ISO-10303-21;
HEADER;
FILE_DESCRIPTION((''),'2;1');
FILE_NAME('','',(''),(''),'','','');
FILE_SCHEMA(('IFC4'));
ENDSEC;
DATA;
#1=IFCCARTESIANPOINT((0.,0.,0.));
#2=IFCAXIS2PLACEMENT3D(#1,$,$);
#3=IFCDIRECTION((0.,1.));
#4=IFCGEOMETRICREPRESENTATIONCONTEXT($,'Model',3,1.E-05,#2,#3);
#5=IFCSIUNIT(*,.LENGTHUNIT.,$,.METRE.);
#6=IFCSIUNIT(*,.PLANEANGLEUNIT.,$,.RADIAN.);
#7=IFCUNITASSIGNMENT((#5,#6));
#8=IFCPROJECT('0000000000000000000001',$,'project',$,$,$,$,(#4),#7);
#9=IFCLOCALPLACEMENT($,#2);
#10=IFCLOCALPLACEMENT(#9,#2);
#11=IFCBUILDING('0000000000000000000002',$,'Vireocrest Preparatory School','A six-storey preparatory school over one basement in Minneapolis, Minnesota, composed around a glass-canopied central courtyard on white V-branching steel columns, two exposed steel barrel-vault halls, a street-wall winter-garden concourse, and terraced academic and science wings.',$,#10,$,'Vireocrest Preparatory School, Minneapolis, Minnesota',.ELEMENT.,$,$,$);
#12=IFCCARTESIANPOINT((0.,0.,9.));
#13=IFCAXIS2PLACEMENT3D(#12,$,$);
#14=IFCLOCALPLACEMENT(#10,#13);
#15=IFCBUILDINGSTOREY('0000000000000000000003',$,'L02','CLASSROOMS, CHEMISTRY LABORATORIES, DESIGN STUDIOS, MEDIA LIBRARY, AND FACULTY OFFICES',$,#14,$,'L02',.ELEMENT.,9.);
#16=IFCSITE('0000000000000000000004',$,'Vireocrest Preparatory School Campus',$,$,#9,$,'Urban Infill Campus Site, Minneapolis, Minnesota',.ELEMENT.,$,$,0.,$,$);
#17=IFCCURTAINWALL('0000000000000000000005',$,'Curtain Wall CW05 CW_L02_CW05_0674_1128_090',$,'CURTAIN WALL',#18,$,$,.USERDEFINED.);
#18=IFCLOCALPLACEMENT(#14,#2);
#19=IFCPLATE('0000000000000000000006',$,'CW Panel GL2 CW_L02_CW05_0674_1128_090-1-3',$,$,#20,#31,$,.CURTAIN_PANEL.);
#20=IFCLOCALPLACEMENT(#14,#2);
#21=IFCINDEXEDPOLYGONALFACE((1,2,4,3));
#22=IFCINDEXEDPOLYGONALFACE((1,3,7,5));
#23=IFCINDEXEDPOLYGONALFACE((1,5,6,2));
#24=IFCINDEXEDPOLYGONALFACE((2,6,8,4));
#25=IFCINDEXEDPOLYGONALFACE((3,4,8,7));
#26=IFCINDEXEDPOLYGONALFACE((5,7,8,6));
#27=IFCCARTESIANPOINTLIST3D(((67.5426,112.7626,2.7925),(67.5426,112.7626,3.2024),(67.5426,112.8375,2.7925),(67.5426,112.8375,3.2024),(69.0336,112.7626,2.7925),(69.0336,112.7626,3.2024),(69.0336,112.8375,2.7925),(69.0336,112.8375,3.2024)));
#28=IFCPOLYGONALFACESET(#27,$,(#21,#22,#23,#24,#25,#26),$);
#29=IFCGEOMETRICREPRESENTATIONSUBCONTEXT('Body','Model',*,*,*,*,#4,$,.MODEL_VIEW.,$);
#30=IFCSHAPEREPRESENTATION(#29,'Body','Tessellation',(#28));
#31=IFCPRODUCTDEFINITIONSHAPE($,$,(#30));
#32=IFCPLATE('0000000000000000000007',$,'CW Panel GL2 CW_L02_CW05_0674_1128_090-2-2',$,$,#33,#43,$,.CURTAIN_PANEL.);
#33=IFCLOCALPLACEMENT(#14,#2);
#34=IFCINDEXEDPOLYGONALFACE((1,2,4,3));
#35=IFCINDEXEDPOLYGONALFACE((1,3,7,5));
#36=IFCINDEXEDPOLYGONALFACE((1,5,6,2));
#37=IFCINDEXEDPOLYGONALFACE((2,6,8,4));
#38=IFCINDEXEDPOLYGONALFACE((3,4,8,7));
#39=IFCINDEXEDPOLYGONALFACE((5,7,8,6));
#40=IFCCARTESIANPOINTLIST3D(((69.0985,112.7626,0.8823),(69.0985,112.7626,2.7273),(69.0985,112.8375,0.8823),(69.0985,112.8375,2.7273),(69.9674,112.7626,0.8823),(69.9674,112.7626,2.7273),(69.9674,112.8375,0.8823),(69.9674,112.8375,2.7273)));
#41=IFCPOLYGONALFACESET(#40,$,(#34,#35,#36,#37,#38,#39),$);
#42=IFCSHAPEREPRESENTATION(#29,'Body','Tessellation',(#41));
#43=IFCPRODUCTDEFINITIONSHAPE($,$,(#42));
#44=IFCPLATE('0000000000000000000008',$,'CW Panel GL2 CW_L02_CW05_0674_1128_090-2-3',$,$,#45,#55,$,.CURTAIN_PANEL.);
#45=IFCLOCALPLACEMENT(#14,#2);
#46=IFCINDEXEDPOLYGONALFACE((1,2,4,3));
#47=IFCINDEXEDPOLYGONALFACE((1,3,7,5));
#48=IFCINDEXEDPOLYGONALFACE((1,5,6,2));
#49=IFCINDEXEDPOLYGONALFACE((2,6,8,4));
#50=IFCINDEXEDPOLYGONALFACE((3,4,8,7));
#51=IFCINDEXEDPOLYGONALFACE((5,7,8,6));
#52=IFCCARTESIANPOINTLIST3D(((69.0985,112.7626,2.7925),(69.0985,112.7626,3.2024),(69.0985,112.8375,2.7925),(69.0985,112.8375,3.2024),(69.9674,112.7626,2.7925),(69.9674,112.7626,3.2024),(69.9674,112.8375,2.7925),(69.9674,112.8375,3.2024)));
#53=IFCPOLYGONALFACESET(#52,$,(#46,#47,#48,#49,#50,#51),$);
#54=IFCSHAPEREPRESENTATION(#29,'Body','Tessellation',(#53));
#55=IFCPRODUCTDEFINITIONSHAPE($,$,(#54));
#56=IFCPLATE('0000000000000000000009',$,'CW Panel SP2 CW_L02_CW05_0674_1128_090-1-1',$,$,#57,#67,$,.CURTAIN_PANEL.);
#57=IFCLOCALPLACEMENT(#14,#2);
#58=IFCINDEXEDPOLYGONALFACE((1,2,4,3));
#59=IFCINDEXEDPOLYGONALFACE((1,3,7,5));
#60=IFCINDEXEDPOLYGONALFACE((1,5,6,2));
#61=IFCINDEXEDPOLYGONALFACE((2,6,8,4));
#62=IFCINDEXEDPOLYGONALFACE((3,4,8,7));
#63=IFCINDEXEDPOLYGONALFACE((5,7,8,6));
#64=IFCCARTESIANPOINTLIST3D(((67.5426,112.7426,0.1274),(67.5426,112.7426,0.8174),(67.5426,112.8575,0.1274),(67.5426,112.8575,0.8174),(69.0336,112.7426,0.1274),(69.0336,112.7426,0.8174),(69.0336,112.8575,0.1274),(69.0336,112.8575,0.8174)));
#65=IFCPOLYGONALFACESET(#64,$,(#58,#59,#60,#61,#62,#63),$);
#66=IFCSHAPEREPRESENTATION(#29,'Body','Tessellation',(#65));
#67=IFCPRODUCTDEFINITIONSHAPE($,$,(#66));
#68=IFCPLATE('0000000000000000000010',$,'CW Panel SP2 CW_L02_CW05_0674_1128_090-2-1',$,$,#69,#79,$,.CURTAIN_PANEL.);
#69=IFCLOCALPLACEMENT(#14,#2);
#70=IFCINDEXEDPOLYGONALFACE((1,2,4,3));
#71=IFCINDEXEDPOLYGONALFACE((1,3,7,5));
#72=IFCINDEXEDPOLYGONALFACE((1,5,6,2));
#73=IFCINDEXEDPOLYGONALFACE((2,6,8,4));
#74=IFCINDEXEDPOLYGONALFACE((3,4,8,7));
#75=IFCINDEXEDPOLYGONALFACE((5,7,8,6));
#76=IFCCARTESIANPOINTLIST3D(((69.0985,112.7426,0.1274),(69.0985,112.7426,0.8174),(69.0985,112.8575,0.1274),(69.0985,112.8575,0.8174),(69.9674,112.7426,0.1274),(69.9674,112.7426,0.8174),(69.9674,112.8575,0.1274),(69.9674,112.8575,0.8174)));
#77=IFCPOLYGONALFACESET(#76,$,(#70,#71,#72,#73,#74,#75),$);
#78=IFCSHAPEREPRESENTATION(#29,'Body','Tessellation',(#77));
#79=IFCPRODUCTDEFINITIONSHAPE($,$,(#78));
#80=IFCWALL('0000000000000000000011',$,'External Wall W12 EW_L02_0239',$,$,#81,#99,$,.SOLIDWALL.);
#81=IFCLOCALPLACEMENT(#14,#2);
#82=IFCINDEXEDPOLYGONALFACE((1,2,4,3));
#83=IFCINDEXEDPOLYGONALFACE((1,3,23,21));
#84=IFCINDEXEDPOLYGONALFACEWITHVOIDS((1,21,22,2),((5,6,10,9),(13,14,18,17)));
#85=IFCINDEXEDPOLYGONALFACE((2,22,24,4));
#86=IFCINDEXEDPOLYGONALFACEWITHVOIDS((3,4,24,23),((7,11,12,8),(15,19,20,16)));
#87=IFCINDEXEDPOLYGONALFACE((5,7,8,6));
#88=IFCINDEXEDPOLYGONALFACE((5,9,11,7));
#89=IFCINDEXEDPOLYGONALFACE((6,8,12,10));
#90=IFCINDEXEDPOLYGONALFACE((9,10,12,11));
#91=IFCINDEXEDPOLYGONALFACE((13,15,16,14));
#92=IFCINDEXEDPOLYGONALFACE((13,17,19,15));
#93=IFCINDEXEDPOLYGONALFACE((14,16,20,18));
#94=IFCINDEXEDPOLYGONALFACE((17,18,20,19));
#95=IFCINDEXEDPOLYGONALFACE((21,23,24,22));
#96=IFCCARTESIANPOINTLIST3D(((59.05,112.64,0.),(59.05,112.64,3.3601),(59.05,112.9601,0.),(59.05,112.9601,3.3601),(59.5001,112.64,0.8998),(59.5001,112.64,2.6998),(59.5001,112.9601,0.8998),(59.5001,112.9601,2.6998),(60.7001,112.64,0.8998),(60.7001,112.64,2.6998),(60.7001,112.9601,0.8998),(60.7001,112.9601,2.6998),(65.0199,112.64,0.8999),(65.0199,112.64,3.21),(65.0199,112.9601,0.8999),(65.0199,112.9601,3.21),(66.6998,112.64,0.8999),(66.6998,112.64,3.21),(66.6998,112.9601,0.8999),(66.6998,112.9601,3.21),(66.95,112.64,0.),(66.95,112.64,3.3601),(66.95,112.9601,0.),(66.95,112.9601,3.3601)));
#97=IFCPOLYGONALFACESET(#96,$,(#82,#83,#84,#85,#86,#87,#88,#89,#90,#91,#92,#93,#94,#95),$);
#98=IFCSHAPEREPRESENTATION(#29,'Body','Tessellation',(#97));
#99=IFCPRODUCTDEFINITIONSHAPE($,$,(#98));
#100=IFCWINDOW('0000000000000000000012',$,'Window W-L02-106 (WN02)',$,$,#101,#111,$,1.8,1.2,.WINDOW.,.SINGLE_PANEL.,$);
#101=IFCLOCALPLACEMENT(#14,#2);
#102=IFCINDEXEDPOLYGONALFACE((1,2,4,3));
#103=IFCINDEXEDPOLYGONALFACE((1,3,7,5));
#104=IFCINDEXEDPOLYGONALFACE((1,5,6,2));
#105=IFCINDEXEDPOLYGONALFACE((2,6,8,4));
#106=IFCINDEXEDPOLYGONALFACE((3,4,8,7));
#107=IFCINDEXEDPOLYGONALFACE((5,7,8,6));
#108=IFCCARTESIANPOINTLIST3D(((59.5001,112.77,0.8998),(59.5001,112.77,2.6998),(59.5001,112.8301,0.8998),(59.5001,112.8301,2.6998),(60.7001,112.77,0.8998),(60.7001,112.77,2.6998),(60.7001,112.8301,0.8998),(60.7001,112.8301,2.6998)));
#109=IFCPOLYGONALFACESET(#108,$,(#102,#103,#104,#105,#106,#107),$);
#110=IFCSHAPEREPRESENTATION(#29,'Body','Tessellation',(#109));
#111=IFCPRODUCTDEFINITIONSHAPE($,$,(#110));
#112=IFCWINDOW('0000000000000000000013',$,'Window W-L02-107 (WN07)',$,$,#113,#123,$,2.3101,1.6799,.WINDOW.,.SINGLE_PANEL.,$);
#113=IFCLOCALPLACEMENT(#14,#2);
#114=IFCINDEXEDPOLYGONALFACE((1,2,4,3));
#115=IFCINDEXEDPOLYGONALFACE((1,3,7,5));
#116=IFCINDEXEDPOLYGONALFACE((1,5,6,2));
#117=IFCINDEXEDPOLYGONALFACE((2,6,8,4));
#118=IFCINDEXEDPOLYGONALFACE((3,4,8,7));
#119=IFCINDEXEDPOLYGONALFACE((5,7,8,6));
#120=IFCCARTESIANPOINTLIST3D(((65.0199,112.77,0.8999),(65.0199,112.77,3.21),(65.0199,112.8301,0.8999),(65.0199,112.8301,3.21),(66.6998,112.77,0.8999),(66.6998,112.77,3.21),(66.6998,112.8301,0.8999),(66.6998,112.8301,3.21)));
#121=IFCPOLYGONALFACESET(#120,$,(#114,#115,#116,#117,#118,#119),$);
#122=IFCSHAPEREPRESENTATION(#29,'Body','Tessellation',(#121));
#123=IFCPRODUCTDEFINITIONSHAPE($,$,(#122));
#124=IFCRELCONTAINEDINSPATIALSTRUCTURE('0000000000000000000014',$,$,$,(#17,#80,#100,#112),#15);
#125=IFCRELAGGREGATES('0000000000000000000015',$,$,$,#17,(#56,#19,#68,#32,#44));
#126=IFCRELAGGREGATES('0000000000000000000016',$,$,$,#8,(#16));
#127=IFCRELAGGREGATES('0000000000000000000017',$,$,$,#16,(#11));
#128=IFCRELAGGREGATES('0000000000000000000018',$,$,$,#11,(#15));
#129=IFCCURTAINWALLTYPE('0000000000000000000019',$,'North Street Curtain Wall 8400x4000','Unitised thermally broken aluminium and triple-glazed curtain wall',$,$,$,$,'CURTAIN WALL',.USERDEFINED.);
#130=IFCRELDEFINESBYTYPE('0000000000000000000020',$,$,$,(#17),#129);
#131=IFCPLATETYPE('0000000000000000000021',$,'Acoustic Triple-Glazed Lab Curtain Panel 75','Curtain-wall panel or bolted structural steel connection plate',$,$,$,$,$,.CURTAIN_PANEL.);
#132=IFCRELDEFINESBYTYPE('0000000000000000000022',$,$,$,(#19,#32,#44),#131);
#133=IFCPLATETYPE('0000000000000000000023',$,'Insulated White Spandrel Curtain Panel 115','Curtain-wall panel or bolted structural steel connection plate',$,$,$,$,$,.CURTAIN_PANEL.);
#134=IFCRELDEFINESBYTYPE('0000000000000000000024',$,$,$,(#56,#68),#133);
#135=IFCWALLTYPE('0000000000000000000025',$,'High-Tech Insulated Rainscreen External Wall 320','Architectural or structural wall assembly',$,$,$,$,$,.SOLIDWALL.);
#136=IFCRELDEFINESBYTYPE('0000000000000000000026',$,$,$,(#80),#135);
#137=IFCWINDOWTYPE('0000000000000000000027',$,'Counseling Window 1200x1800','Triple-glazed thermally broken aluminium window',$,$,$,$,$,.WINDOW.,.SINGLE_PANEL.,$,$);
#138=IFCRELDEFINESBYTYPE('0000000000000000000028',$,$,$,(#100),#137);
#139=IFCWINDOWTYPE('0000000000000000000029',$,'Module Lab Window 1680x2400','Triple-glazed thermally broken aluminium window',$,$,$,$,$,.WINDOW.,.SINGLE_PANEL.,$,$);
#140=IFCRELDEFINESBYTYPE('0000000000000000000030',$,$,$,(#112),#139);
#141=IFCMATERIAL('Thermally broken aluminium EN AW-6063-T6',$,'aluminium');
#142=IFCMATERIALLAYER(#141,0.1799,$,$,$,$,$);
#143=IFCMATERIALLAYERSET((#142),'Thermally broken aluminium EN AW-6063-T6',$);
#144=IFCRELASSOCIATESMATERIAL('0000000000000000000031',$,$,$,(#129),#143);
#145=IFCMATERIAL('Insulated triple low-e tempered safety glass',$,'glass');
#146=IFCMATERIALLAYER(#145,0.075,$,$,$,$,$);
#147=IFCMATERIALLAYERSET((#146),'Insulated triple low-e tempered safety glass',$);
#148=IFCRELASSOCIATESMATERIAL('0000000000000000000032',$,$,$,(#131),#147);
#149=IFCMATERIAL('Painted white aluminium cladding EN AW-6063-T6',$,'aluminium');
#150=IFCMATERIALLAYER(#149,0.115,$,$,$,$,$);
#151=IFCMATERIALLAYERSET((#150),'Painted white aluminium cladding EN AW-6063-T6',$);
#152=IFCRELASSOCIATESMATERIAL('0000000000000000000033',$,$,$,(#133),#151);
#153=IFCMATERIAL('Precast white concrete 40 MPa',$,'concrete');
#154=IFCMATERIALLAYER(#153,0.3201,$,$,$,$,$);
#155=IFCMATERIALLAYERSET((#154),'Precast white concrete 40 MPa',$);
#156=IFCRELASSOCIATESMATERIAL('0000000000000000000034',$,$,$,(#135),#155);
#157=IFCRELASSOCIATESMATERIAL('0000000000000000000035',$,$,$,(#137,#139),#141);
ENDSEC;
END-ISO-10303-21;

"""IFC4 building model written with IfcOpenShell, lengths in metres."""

from ifc_helpers import new_model, si_unit, direction, frame, frame_2d, origin, origin_2d, place, context, subcontext, project, spatial, rectangle, extrude, material, layer, layer_set, type_object, element, fill, aggregate, save


model = new_model("IFC4")

# Units and contexts
model_context = context("Model", 3, precision=1e-05, world=origin(), true_north=direction((0.0, 1.0)))
body_context = subcontext(model_context, "Body", "Model", "MODEL_VIEW")
ifc_project = project(units=[si_unit("LENGTHUNIT", "METRE"), si_unit("PLANEANGLEUNIT", "RADIAN")], contexts=[model_context])

# Site, building, storey
site_placement = place(None, origin())
site = spatial("IfcSite", under=ifc_project, at=site_placement, Name="Vireocrest Preparatory School Campus", LongName="Urban Infill Campus Site, Minneapolis, Minnesota", CompositionType="ELEMENT", RefElevation=0.0)
building_placement = place(site_placement, origin())
building = spatial("IfcBuilding", under=site, at=building_placement, Name="Vireocrest Preparatory School", Description="A six-storey preparatory school over one basement in Minneapolis, Minnesota, composed around a glass-canopied central courtyard on white V-branching steel columns, two exposed steel barrel-vault halls, a street-wall winter-garden concourse, and terraced academic and science wings.", LongName="Vireocrest Preparatory School, Minneapolis, Minnesota", CompositionType="ELEMENT")
storey_placement = place(building_placement, frame((0.0, 0.0, 9.0)))
storey = spatial("IfcBuildingStorey", under=building, at=storey_placement, Name="L02", Description="CLASSROOMS, CHEMISTRY LABORATORIES, DESIGN STUDIOS, MEDIA LIBRARY, AND FACULTY OFFICES", LongName="L02", CompositionType="ELEMENT", Elevation=9.0)

# Curtain wall
ifc_material_1 = material(Name="Thermally broken aluminium EN AW-6063-T6", Category="aluminium")
ifc_layer_1 = layer(ifc_material_1, 0.1799)
ifc_layer_set_1 = layer_set([ifc_layer_1], Name="Thermally broken aluminium EN AW-6063-T6")
curtain_wall_type = type_object("IfcCurtainWallType", Name="North Street Curtain Wall 8400x4000", Description="Unitised thermally broken aluminium and triple-glazed curtain wall", ElementType="CURTAIN WALL", PredefinedType="USERDEFINED", material=ifc_layer_set_1)
curtain_wall_placement = place(storey_placement, origin())
curtain_wall = element("IfcCurtainWall", 1, at=curtain_wall_placement, inside=storey, type_object=curtain_wall_type, Name="Curtain Wall CW05 CW_L02_CW05_0674_1128_090", ObjectType="CURTAIN WALL", PredefinedType="USERDEFINED")

# Plates
ifc_material_2 = material(Name="Insulated triple low-e tempered safety glass", Category="glass")
ifc_layer_2 = layer(ifc_material_2, 0.075)
ifc_layer_set_2 = layer_set([ifc_layer_2], Name="Insulated triple low-e tempered safety glass")
plate_type_1 = type_object("IfcPlateType", Name="Acoustic Triple-Glazed Lab Curtain Panel 75", Description="Curtain-wall panel or bolted structural steel connection plate", PredefinedType="CURTAIN_PANEL", material=ifc_layer_set_2)
plate_1_placement = place(storey_placement, frame((68.2881, 112.8, 2.7925), z_axis=(0.0, 0.0, 1.0), x_axis=(1.0, 0.0, 0.0)))
plate_1 = element("IfcPlate", 2, at=plate_1_placement, type_object=plate_type_1, Name="CW Panel GL2 CW_L02_CW05_0674_1128_090-1-3", PredefinedType="CURTAIN_PANEL", context=body_context, shape_type="SweptSolid", body=[
    extrude(rectangle(XDim=1.491, YDim=0.075, at=origin_2d()), origin(), (0.0, 0.0, 1.0), 0.4099),
])
plate_2_placement = place(storey_placement, frame((69.533, 112.8, 0.8823), z_axis=(0.0, 0.0, 1.0), x_axis=(1.0, 0.0, 0.0)))
plate_2 = element("IfcPlate", 3, at=plate_2_placement, type_object=plate_type_1, Name="CW Panel GL2 CW_L02_CW05_0674_1128_090-2-2", PredefinedType="CURTAIN_PANEL", context=body_context, shape_type="SweptSolid", body=[
    extrude(rectangle(XDim=0.8689, YDim=0.075, at=origin_2d()), origin(), (0.0, 0.0, 1.0), 1.845),
])
plate_3_placement = place(storey_placement, frame((69.533, 112.8, 2.7925), z_axis=(0.0, 0.0, 1.0), x_axis=(1.0, 0.0, 0.0)))
plate_3 = element("IfcPlate", 4, at=plate_3_placement, type_object=plate_type_1, Name="CW Panel GL2 CW_L02_CW05_0674_1128_090-2-3", PredefinedType="CURTAIN_PANEL", context=body_context, shape_type="SweptSolid", body=[
    extrude(rectangle(XDim=0.8689, YDim=0.075, at=origin_2d()), origin(), (0.0, 0.0, 1.0), 0.4099),
])
ifc_material_3 = material(Name="Painted white aluminium cladding EN AW-6063-T6", Category="aluminium")
ifc_layer_3 = layer(ifc_material_3, 0.115)
ifc_layer_set_3 = layer_set([ifc_layer_3], Name="Painted white aluminium cladding EN AW-6063-T6")
plate_type_2 = type_object("IfcPlateType", Name="Insulated White Spandrel Curtain Panel 115", Description="Curtain-wall panel or bolted structural steel connection plate", PredefinedType="CURTAIN_PANEL", material=ifc_layer_set_3)
plate_4_placement = place(storey_placement, frame((68.2881, 112.8, 0.1274), z_axis=(0.0, 0.0, 1.0), x_axis=(1.0, 0.0, 0.0)))
plate_4 = element("IfcPlate", 5, at=plate_4_placement, type_object=plate_type_2, Name="CW Panel SP2 CW_L02_CW05_0674_1128_090-1-1", PredefinedType="CURTAIN_PANEL", context=body_context, shape_type="SweptSolid", body=[
    extrude(rectangle(XDim=1.491, YDim=0.115, at=origin_2d()), origin(), (0.0, 0.0, 1.0), 0.6899),
])
plate_5_placement = place(storey_placement, frame((69.533, 112.8, 0.1274), z_axis=(0.0, 0.0, 1.0), x_axis=(1.0, 0.0, 0.0)))
plate_5 = element("IfcPlate", 6, at=plate_5_placement, type_object=plate_type_2, Name="CW Panel SP2 CW_L02_CW05_0674_1128_090-2-1", PredefinedType="CURTAIN_PANEL", context=body_context, shape_type="SweptSolid", body=[
    extrude(rectangle(XDim=0.8689, YDim=0.115, at=origin_2d()), origin(), (0.0, 0.0, 1.0), 0.6899),
])
aggregate(curtain_wall, [plate_4, plate_1, plate_5, plate_2, plate_3])

# Wall, openings, windows
ifc_material_4 = material(Name="Precast white concrete 40 MPa", Category="concrete")
ifc_layer_4 = layer(ifc_material_4, 0.3201)
ifc_layer_set_4 = layer_set([ifc_layer_4], Name="Precast white concrete 40 MPa")
wall_type = type_object("IfcWallType", Name="High-Tech Insulated Rainscreen External Wall 320", Description="Architectural or structural wall assembly", PredefinedType="SOLIDWALL", material=ifc_layer_set_4)
wall_placement = place(storey_placement, frame((59.05, 112.8, 0.0), z_axis=(0.0, 0.0, 1.0), x_axis=(1.0, 0.0, 0.0)))
wall = element("IfcWall", 7, at=wall_placement, inside=storey, type_object=wall_type, Name="External Wall W12 EW_L02_0239", PredefinedType="SOLIDWALL", context=body_context, shape_type="SweptSolid", body=[
    extrude(rectangle(XDim=7.8999, YDim=0.3201, at=frame_2d((3.95, 0.0))), origin(), (0.0, 0.0, 1.0), 3.3601),
])
opening_1_placement = place(wall_placement, frame((0.45, 0.0, 0.8999)))
opening_1 = element("IfcOpeningElement", 8, at=opening_1_placement, cuts=wall, PredefinedType="OPENING", context=body_context, shape_type="SweptSolid", body=[
    extrude(rectangle(XDim=1.2, YDim=1.8, at=frame_2d((0.6001, 0.8999))), frame((0.0, 0.1699, 0.0), z_axis=(0.0, -1.0, 0.0), x_axis=(1.0, 0.0, 0.0)), (0.0, 0.0, 1.0), 0.3401),
])
opening_2_placement = place(wall_placement, frame((5.97, 0.0, 0.8999)))
opening_2 = element("IfcOpeningElement", 9, at=opening_2_placement, cuts=wall, PredefinedType="OPENING", context=body_context, shape_type="SweptSolid", body=[
    extrude(rectangle(XDim=1.6799, YDim=2.3101, at=frame_2d((0.8398, 1.155))), frame((0.0, 0.1699, 0.0), z_axis=(0.0, -1.0, 0.0), x_axis=(1.0, 0.0, 0.0)), (0.0, 0.0, 1.0), 0.3401),
])
window_type_1 = type_object("IfcWindowType", Name="Counseling Window 1200x1800", Description="Triple-glazed thermally broken aluminium window", PartitioningType="SINGLE_PANEL", PredefinedType="WINDOW", material=ifc_material_1)
window_1_placement = place(opening_1_placement, origin())
window_1 = element("IfcWindow", 10, at=window_1_placement, inside=storey, type_object=window_type_1, Name="Window W-L02-106 (WN02)", OverallHeight=1.8, OverallWidth=1.2, PartitioningType="SINGLE_PANEL", PredefinedType="WINDOW", context=body_context, shape_type="SweptSolid", body=[
    extrude(rectangle(XDim=1.2, YDim=1.8, at=frame_2d((0.6001, 0.8999))), frame((0.0, 0.03, 0.0), z_axis=(0.0, -1.0, 0.0), x_axis=(1.0, 0.0, 0.0)), (0.0, 0.0, 1.0), 0.0601),
])
fill(opening_1, window_1)
window_type_2 = type_object("IfcWindowType", Name="Module Lab Window 1680x2400", Description="Triple-glazed thermally broken aluminium window", PartitioningType="SINGLE_PANEL", PredefinedType="WINDOW", material=ifc_material_1)
window_2_placement = place(opening_2_placement, origin())
window_2 = element("IfcWindow", 11, at=window_2_placement, inside=storey, type_object=window_type_2, Name="Window W-L02-107 (WN07)", OverallHeight=2.3101, OverallWidth=1.6799, PartitioningType="SINGLE_PANEL", PredefinedType="WINDOW", context=body_context, shape_type="SweptSolid", body=[
    extrude(rectangle(XDim=1.6799, YDim=2.3101, at=frame_2d((0.8398, 1.155))), frame((0.0, 0.03, 0.0), z_axis=(0.0, -1.0, 0.0), x_axis=(1.0, 0.0, 0.0)), (0.0, 0.0, 1.0), 0.0601),
])
fill(opening_2, window_2)

save(model, "model.ifc")
